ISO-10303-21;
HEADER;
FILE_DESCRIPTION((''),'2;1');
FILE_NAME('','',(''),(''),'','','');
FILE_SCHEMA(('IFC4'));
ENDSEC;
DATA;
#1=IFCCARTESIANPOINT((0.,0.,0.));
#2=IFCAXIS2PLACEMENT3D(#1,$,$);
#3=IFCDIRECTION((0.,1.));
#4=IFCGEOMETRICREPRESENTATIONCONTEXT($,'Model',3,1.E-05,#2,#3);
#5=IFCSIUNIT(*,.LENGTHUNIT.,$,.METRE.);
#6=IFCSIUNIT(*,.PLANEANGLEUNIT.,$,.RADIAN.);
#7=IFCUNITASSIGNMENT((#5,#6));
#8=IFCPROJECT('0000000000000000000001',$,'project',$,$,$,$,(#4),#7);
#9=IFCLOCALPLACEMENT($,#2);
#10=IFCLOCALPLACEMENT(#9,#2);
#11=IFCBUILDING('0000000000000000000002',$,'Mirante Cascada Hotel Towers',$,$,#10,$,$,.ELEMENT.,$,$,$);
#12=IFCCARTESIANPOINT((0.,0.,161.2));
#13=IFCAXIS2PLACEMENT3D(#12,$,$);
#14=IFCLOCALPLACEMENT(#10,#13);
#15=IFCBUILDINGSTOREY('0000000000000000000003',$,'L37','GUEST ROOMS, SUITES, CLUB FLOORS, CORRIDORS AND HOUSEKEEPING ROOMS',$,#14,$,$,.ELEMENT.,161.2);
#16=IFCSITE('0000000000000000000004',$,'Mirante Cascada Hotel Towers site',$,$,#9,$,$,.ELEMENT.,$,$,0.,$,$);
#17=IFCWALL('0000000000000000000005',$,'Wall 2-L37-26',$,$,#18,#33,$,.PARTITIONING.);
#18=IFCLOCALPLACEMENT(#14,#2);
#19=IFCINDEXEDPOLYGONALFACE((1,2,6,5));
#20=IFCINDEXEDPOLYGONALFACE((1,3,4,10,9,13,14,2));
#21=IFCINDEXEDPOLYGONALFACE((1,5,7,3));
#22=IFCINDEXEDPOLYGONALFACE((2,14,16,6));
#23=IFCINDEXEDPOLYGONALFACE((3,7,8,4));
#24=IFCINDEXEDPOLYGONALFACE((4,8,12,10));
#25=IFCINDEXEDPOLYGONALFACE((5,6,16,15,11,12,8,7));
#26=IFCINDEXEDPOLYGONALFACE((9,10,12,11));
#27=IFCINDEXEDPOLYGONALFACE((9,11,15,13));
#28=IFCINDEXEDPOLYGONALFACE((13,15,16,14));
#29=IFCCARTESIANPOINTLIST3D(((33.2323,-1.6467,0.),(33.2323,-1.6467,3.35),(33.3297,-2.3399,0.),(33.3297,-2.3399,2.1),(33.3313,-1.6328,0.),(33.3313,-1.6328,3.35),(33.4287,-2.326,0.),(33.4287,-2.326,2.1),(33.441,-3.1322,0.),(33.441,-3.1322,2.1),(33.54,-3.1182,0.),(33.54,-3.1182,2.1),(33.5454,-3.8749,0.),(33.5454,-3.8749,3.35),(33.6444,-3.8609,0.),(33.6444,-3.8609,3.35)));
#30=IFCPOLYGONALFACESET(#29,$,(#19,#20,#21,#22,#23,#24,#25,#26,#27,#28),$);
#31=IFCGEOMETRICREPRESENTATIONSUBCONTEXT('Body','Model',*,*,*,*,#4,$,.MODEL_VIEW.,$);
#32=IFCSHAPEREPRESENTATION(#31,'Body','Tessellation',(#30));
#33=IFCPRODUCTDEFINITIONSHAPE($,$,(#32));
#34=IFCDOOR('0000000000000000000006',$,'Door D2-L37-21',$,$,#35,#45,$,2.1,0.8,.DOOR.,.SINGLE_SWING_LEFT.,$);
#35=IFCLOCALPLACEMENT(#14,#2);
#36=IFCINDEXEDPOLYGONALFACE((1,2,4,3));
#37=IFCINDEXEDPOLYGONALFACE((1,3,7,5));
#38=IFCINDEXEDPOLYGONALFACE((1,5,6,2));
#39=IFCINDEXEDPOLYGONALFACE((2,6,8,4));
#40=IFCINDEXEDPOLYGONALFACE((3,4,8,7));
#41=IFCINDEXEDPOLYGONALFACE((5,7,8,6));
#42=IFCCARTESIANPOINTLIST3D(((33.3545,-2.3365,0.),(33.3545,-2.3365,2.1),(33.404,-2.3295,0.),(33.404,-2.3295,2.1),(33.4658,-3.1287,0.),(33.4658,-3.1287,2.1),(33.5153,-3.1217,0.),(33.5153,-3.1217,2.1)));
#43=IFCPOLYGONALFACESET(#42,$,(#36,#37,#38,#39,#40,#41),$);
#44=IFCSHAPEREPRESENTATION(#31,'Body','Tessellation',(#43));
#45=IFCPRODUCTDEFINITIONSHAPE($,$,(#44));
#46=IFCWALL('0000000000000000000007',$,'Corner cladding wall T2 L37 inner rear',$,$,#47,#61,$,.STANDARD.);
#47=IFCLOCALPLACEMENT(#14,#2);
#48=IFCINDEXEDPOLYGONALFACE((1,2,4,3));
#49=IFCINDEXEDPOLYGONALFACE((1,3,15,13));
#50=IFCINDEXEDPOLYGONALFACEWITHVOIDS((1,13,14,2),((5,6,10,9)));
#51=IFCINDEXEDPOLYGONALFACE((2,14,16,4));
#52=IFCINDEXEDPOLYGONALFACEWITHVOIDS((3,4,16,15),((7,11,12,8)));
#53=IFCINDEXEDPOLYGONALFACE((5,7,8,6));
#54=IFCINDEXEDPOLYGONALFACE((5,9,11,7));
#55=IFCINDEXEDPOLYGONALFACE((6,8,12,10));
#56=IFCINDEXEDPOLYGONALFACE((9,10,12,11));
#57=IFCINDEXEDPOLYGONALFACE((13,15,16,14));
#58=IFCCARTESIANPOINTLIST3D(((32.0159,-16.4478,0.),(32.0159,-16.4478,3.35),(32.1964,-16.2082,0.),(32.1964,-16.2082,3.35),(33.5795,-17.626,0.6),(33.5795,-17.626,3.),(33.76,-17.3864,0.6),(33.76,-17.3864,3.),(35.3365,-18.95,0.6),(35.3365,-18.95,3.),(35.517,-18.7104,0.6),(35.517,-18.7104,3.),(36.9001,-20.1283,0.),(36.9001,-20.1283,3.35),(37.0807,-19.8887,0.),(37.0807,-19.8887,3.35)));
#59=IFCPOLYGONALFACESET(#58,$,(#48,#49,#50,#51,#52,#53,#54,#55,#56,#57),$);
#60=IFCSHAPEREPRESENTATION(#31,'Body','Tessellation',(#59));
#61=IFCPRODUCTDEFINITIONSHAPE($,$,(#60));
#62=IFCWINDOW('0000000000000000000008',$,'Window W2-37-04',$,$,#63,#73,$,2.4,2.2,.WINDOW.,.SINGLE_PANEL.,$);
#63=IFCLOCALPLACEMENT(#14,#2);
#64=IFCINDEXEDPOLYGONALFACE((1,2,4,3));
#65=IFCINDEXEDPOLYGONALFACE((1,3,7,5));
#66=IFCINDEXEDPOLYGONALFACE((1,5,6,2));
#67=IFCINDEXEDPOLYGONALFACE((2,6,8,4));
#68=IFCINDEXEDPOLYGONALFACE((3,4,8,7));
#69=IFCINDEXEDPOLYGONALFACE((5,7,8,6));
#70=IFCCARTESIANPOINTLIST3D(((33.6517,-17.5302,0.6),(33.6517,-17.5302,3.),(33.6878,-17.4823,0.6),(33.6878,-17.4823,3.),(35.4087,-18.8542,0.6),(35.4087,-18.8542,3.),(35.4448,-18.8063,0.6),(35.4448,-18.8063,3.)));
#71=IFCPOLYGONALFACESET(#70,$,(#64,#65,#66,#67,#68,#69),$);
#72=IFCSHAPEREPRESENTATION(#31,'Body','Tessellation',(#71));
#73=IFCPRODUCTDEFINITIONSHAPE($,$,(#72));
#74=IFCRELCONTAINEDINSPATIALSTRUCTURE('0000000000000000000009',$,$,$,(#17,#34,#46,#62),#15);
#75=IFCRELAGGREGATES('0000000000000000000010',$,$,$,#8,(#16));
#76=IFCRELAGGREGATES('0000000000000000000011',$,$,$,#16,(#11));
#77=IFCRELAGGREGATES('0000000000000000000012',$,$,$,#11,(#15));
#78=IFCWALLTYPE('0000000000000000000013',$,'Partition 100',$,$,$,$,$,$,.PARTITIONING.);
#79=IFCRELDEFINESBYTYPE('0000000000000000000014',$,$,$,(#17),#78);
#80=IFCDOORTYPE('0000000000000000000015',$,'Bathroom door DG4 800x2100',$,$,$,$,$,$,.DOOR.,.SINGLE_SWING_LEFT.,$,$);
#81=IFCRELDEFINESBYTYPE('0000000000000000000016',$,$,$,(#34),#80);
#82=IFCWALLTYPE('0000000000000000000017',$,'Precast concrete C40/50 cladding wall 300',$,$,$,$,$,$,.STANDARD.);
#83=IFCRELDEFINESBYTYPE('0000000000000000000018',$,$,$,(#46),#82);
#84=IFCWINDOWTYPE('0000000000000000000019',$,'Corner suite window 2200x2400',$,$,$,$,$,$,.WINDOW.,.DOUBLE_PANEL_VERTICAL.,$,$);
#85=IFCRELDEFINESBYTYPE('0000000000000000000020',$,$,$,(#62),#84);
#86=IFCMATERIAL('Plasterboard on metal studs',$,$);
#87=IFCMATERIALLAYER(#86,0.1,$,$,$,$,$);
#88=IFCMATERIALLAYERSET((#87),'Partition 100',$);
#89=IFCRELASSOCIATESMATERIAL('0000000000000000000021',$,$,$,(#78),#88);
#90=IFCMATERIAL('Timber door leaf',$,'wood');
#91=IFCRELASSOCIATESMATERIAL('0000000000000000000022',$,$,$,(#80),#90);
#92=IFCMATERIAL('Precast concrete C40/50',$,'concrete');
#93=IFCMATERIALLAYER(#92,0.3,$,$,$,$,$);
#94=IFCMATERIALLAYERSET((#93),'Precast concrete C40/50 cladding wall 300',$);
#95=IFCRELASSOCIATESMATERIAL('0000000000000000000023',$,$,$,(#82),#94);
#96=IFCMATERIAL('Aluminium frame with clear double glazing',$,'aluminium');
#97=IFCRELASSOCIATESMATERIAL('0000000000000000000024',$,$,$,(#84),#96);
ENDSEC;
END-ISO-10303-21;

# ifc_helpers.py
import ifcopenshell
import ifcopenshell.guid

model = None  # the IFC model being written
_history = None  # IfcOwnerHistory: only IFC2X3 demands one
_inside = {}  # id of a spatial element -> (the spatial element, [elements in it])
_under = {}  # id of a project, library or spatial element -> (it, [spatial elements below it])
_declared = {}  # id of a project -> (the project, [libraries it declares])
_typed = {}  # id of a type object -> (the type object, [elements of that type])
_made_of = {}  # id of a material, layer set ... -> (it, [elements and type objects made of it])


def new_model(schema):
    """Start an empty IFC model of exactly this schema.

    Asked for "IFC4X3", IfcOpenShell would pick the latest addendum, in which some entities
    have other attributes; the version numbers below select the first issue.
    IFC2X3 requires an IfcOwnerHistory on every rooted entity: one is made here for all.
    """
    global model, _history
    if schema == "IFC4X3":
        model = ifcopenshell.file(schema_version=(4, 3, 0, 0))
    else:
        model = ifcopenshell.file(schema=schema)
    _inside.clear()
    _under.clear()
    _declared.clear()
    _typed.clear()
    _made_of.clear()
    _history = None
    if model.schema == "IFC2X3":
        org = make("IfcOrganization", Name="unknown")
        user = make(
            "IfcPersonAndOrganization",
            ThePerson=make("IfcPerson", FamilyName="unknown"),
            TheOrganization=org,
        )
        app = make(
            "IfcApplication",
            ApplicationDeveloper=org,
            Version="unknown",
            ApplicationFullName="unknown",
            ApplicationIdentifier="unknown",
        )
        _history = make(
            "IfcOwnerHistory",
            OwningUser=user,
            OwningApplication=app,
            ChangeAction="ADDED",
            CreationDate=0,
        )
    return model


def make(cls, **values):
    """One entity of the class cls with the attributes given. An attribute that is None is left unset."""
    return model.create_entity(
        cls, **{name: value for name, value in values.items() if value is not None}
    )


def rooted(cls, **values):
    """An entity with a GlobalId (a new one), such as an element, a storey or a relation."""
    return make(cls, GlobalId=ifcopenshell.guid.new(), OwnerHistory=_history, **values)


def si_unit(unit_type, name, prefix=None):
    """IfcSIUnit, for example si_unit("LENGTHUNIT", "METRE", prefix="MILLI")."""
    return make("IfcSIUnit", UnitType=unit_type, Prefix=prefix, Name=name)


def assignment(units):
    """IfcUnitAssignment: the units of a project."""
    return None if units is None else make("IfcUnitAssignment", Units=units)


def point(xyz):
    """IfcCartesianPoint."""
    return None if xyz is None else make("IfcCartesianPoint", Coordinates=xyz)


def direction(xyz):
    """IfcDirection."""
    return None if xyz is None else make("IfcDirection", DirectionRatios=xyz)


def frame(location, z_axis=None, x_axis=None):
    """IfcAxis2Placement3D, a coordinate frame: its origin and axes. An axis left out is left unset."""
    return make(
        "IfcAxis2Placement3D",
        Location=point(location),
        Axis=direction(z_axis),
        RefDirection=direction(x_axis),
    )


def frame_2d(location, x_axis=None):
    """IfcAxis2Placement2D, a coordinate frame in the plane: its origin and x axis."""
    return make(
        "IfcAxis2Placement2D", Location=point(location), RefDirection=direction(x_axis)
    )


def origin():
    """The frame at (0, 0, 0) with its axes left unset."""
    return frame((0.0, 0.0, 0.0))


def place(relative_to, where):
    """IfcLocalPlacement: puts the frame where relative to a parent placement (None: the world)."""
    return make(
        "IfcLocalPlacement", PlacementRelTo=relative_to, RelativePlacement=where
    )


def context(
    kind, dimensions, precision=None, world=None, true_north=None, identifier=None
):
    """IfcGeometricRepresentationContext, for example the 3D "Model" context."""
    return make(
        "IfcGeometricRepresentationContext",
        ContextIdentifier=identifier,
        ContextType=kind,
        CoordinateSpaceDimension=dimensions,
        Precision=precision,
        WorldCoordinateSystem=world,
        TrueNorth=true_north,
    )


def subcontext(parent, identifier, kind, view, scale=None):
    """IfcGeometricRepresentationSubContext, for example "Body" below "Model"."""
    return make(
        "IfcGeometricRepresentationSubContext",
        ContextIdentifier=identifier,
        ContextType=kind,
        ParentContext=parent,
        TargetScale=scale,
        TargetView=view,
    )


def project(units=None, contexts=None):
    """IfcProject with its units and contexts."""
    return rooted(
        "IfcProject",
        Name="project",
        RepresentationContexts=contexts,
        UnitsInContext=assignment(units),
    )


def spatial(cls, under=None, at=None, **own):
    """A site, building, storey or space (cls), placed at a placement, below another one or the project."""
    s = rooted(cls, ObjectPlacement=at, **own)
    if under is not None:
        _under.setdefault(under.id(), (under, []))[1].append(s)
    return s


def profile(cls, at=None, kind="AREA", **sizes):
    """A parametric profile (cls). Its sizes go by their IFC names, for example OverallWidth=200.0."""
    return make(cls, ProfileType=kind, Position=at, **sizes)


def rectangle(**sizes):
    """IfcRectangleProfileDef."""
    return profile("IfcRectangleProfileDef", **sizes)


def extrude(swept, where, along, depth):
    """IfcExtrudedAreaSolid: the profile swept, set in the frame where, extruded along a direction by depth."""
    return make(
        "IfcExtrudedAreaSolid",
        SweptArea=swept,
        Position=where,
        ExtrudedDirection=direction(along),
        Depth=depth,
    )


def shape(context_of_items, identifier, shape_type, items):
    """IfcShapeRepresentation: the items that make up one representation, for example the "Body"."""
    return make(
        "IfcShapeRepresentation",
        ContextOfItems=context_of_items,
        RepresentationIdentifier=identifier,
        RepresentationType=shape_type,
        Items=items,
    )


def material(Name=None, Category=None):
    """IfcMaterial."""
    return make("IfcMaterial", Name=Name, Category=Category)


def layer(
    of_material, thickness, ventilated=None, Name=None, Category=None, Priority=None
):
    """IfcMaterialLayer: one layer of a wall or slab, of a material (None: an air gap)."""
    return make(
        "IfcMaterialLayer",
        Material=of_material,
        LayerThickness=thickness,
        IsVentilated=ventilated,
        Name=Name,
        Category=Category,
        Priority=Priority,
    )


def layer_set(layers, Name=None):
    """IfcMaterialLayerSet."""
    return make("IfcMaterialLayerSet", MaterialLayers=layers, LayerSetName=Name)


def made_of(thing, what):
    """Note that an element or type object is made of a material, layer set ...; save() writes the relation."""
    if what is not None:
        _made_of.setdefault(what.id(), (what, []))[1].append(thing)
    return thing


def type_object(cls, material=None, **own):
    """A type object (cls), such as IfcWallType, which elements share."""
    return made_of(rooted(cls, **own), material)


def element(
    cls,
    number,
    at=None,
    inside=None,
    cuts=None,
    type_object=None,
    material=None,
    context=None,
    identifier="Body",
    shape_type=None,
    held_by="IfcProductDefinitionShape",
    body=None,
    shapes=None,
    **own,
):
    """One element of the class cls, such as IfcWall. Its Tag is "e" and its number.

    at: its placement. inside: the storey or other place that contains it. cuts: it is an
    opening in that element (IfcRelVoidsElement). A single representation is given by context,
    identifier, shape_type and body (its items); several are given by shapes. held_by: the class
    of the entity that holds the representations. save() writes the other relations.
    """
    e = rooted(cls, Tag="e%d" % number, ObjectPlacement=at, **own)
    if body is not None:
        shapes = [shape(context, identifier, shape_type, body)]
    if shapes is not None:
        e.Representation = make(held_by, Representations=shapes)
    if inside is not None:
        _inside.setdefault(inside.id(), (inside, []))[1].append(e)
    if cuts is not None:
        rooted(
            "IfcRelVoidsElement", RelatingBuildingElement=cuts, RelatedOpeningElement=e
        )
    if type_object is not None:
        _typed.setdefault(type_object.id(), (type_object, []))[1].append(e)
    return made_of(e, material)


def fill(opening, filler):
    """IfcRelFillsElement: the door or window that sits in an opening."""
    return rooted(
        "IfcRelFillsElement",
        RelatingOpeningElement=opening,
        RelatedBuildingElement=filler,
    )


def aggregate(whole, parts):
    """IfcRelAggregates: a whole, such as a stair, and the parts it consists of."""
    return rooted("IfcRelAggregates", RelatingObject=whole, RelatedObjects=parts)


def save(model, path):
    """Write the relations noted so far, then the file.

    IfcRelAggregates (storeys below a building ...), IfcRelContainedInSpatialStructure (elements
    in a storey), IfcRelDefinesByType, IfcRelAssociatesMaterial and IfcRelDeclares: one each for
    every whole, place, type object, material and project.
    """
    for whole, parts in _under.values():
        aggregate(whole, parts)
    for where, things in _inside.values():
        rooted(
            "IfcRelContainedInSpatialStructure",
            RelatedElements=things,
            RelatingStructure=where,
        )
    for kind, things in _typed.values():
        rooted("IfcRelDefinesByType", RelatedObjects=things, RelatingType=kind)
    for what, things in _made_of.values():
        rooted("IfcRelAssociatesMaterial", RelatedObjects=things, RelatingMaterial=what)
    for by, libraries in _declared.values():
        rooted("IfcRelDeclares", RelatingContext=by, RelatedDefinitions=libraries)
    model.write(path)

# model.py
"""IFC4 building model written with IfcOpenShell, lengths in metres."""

from ifc_helpers import new_model, si_unit, direction, frame, frame_2d, origin, place, context, subcontext, project, spatial, rectangle, extrude, material, layer, layer_set, type_object, element, fill, save


model = new_model("IFC4")

# Units and contexts
model_context = context("Model", 3, precision=1e-05, world=origin(), true_north=direction((0.0, 1.0)))
body_context = subcontext(model_context, "Body", "Model", "MODEL_VIEW")
ifc_project = project(units=[si_unit("LENGTHUNIT", "METRE"), si_unit("PLANEANGLEUNIT", "RADIAN")], contexts=[model_context])

# Site, building, storey
site_placement = place(None, origin())
site = spatial("IfcSite", under=ifc_project, at=site_placement, Name="Mirante Cascada Hotel Towers site", CompositionType="ELEMENT", RefElevation=0.0)
building_placement = place(site_placement, origin())
building = spatial("IfcBuilding", under=site, at=building_placement, Name="Mirante Cascada Hotel Towers", CompositionType="ELEMENT")
storey_placement = place(building_placement, frame((0.0, 0.0, 161.2)))
storey = spatial("IfcBuildingStorey", under=building, at=storey_placement, Name="L37", Description="GUEST ROOMS, SUITES, CLUB FLOORS, CORRIDORS AND HOUSEKEEPING ROOMS", CompositionType="ELEMENT", Elevation=161.2)

# Shared definitions
ifc_material_1 = material(Name="Plasterboard on metal studs")
ifc_layer_1 = layer(ifc_material_1, 0.1)
ifc_layer_set_1 = layer_set([ifc_layer_1], Name="Partition 100")
wall_type_1 = type_object("IfcWallType", Name="Partition 100", PredefinedType="PARTITIONING", material=ifc_layer_set_1)

# Wall, opening, door
wall_1_placement = place(storey_placement, frame((33.5949, -3.8679, 0.0), z_axis=(0.0, 0.0, 1.0), x_axis=(-0.139156, 0.990271, 0.0)))
wall_1 = element("IfcWall", 1, at=wall_1_placement, inside=storey, type_object=wall_type_1, Name="Wall 2-L37-26", PredefinedType="PARTITIONING", context=body_context, shape_type="SweptSolid", body=[
    extrude(rectangle(XDim=2.25, YDim=0.1, at=frame_2d((1.125, 0.0))), origin(), (0.0, 0.0, 1.0), 3.35),
])
opening_1_placement = place(wall_1_placement, frame((0.75, 0.0, 0.0)))
opening_1 = element("IfcOpeningElement", 2, at=opening_1_placement, cuts=wall_1, PredefinedType="OPENING", context=body_context, shape_type="SweptSolid", body=[
    extrude(rectangle(XDim=0.8, YDim=2.1, at=frame_2d((0.4, 1.05))), frame((0.0, 0.05, 0.0), z_axis=(0.0, -1.0, 0.0), x_axis=(1.0, 0.0, 0.0)), (0.0, 0.0, 1.0), 0.1),
])
ifc_material_2 = material(Name="Timber door leaf", Category="wood")
door_type_1 = type_object("IfcDoorType", Name="Bathroom door DG4 800x2100", OperationType="SINGLE_SWING_LEFT", PredefinedType="DOOR", material=ifc_material_2)
door_1_placement = place(opening_1_placement, origin())
door_1 = element("IfcDoor", 3, at=door_1_placement, inside=storey, type_object=door_type_1, Name="Door D2-L37-21", OperationType="SINGLE_SWING_LEFT", OverallHeight=2.1, OverallWidth=0.8, PredefinedType="DOOR", context=body_context, shape_type="SweptSolid", body=[
    extrude(rectangle(XDim=0.8, YDim=2.1, at=frame_2d((0.4, 1.05))), frame((0.0, 0.025, 0.0), z_axis=(0.0, -1.0, 0.0), x_axis=(1.0, 0.0, 0.0)), (0.0, 0.0, 1.0), 0.05),
])
fill(opening_1, door_1)

# Wall, opening, window
ifc_material_3 = material(Name="Precast concrete C40/50", Category="concrete")
ifc_layer_2 = layer(ifc_material_3, 0.3)
ifc_layer_set_2 = layer_set([ifc_layer_2], Name="Precast concrete C40/50 cladding wall 300")
wall_type_2 = type_object("IfcWallType", Name="Precast concrete C40/50 cladding wall 300", PredefinedType="STANDARD", material=ifc_layer_set_2)
wall_2_placement = place(storey_placement, frame((32.1062, -16.328, 0.0), z_axis=(0.0, 0.0, 1.0), x_axis=(0.798636, -0.601814, 0.0)))
wall_2 = element("IfcWall", 4, at=wall_2_placement, inside=storey, type_object=wall_type_2, Name="Corner cladding wall T2 L37 inner rear", PredefinedType="STANDARD", context=body_context, shape_type="SweptSolid", body=[
    extrude(rectangle(XDim=6.1157, YDim=0.3, at=frame_2d((3.0578, 0.0))), origin(), (0.0, 0.0, 1.0), 3.35),
])
opening_2_placement = place(wall_2_placement, frame((1.9578, 0.0, 0.6)))
opening_2 = element("IfcOpeningElement", 5, at=opening_2_placement, cuts=wall_2, PredefinedType="OPENING", context=body_context, shape_type="SweptSolid", body=[
    extrude(rectangle(XDim=2.2, YDim=2.4, at=frame_2d((1.1, 1.2))), frame((0.0, 0.15, 0.0), z_axis=(0.0, -1.0, 0.0), x_axis=(1.0, 0.0, 0.0)), (0.0, 0.0, 1.0), 0.3),
])
ifc_material_4 = material(Name="Aluminium frame with clear double glazing", Category="aluminium")
window_type = type_object("IfcWindowType", Name="Corner suite window 2200x2400", PartitioningType="DOUBLE_PANEL_VERTICAL", PredefinedType="WINDOW", material=ifc_material_4)
window_placement = place(opening_2_placement, origin())
window = element("IfcWindow", 6, at=window_placement, inside=storey, type_object=window_type, Name="Window W2-37-04", OverallHeight=2.4, OverallWidth=2.2, PartitioningType="SINGLE_PANEL", PredefinedType="WINDOW", context=body_context, shape_type="SweptSolid", body=[
    extrude(rectangle(XDim=2.2, YDim=2.4, at=frame_2d((1.1, 1.2))), frame((0.0, 0.03, 0.0), z_axis=(0.0, -1.0, 0.0), x_axis=(1.0, 0.0, 0.0)), (0.0, 0.0, 1.0), 0.06),
])
fill(opening_2, window)

save(model, "model.ifc")
